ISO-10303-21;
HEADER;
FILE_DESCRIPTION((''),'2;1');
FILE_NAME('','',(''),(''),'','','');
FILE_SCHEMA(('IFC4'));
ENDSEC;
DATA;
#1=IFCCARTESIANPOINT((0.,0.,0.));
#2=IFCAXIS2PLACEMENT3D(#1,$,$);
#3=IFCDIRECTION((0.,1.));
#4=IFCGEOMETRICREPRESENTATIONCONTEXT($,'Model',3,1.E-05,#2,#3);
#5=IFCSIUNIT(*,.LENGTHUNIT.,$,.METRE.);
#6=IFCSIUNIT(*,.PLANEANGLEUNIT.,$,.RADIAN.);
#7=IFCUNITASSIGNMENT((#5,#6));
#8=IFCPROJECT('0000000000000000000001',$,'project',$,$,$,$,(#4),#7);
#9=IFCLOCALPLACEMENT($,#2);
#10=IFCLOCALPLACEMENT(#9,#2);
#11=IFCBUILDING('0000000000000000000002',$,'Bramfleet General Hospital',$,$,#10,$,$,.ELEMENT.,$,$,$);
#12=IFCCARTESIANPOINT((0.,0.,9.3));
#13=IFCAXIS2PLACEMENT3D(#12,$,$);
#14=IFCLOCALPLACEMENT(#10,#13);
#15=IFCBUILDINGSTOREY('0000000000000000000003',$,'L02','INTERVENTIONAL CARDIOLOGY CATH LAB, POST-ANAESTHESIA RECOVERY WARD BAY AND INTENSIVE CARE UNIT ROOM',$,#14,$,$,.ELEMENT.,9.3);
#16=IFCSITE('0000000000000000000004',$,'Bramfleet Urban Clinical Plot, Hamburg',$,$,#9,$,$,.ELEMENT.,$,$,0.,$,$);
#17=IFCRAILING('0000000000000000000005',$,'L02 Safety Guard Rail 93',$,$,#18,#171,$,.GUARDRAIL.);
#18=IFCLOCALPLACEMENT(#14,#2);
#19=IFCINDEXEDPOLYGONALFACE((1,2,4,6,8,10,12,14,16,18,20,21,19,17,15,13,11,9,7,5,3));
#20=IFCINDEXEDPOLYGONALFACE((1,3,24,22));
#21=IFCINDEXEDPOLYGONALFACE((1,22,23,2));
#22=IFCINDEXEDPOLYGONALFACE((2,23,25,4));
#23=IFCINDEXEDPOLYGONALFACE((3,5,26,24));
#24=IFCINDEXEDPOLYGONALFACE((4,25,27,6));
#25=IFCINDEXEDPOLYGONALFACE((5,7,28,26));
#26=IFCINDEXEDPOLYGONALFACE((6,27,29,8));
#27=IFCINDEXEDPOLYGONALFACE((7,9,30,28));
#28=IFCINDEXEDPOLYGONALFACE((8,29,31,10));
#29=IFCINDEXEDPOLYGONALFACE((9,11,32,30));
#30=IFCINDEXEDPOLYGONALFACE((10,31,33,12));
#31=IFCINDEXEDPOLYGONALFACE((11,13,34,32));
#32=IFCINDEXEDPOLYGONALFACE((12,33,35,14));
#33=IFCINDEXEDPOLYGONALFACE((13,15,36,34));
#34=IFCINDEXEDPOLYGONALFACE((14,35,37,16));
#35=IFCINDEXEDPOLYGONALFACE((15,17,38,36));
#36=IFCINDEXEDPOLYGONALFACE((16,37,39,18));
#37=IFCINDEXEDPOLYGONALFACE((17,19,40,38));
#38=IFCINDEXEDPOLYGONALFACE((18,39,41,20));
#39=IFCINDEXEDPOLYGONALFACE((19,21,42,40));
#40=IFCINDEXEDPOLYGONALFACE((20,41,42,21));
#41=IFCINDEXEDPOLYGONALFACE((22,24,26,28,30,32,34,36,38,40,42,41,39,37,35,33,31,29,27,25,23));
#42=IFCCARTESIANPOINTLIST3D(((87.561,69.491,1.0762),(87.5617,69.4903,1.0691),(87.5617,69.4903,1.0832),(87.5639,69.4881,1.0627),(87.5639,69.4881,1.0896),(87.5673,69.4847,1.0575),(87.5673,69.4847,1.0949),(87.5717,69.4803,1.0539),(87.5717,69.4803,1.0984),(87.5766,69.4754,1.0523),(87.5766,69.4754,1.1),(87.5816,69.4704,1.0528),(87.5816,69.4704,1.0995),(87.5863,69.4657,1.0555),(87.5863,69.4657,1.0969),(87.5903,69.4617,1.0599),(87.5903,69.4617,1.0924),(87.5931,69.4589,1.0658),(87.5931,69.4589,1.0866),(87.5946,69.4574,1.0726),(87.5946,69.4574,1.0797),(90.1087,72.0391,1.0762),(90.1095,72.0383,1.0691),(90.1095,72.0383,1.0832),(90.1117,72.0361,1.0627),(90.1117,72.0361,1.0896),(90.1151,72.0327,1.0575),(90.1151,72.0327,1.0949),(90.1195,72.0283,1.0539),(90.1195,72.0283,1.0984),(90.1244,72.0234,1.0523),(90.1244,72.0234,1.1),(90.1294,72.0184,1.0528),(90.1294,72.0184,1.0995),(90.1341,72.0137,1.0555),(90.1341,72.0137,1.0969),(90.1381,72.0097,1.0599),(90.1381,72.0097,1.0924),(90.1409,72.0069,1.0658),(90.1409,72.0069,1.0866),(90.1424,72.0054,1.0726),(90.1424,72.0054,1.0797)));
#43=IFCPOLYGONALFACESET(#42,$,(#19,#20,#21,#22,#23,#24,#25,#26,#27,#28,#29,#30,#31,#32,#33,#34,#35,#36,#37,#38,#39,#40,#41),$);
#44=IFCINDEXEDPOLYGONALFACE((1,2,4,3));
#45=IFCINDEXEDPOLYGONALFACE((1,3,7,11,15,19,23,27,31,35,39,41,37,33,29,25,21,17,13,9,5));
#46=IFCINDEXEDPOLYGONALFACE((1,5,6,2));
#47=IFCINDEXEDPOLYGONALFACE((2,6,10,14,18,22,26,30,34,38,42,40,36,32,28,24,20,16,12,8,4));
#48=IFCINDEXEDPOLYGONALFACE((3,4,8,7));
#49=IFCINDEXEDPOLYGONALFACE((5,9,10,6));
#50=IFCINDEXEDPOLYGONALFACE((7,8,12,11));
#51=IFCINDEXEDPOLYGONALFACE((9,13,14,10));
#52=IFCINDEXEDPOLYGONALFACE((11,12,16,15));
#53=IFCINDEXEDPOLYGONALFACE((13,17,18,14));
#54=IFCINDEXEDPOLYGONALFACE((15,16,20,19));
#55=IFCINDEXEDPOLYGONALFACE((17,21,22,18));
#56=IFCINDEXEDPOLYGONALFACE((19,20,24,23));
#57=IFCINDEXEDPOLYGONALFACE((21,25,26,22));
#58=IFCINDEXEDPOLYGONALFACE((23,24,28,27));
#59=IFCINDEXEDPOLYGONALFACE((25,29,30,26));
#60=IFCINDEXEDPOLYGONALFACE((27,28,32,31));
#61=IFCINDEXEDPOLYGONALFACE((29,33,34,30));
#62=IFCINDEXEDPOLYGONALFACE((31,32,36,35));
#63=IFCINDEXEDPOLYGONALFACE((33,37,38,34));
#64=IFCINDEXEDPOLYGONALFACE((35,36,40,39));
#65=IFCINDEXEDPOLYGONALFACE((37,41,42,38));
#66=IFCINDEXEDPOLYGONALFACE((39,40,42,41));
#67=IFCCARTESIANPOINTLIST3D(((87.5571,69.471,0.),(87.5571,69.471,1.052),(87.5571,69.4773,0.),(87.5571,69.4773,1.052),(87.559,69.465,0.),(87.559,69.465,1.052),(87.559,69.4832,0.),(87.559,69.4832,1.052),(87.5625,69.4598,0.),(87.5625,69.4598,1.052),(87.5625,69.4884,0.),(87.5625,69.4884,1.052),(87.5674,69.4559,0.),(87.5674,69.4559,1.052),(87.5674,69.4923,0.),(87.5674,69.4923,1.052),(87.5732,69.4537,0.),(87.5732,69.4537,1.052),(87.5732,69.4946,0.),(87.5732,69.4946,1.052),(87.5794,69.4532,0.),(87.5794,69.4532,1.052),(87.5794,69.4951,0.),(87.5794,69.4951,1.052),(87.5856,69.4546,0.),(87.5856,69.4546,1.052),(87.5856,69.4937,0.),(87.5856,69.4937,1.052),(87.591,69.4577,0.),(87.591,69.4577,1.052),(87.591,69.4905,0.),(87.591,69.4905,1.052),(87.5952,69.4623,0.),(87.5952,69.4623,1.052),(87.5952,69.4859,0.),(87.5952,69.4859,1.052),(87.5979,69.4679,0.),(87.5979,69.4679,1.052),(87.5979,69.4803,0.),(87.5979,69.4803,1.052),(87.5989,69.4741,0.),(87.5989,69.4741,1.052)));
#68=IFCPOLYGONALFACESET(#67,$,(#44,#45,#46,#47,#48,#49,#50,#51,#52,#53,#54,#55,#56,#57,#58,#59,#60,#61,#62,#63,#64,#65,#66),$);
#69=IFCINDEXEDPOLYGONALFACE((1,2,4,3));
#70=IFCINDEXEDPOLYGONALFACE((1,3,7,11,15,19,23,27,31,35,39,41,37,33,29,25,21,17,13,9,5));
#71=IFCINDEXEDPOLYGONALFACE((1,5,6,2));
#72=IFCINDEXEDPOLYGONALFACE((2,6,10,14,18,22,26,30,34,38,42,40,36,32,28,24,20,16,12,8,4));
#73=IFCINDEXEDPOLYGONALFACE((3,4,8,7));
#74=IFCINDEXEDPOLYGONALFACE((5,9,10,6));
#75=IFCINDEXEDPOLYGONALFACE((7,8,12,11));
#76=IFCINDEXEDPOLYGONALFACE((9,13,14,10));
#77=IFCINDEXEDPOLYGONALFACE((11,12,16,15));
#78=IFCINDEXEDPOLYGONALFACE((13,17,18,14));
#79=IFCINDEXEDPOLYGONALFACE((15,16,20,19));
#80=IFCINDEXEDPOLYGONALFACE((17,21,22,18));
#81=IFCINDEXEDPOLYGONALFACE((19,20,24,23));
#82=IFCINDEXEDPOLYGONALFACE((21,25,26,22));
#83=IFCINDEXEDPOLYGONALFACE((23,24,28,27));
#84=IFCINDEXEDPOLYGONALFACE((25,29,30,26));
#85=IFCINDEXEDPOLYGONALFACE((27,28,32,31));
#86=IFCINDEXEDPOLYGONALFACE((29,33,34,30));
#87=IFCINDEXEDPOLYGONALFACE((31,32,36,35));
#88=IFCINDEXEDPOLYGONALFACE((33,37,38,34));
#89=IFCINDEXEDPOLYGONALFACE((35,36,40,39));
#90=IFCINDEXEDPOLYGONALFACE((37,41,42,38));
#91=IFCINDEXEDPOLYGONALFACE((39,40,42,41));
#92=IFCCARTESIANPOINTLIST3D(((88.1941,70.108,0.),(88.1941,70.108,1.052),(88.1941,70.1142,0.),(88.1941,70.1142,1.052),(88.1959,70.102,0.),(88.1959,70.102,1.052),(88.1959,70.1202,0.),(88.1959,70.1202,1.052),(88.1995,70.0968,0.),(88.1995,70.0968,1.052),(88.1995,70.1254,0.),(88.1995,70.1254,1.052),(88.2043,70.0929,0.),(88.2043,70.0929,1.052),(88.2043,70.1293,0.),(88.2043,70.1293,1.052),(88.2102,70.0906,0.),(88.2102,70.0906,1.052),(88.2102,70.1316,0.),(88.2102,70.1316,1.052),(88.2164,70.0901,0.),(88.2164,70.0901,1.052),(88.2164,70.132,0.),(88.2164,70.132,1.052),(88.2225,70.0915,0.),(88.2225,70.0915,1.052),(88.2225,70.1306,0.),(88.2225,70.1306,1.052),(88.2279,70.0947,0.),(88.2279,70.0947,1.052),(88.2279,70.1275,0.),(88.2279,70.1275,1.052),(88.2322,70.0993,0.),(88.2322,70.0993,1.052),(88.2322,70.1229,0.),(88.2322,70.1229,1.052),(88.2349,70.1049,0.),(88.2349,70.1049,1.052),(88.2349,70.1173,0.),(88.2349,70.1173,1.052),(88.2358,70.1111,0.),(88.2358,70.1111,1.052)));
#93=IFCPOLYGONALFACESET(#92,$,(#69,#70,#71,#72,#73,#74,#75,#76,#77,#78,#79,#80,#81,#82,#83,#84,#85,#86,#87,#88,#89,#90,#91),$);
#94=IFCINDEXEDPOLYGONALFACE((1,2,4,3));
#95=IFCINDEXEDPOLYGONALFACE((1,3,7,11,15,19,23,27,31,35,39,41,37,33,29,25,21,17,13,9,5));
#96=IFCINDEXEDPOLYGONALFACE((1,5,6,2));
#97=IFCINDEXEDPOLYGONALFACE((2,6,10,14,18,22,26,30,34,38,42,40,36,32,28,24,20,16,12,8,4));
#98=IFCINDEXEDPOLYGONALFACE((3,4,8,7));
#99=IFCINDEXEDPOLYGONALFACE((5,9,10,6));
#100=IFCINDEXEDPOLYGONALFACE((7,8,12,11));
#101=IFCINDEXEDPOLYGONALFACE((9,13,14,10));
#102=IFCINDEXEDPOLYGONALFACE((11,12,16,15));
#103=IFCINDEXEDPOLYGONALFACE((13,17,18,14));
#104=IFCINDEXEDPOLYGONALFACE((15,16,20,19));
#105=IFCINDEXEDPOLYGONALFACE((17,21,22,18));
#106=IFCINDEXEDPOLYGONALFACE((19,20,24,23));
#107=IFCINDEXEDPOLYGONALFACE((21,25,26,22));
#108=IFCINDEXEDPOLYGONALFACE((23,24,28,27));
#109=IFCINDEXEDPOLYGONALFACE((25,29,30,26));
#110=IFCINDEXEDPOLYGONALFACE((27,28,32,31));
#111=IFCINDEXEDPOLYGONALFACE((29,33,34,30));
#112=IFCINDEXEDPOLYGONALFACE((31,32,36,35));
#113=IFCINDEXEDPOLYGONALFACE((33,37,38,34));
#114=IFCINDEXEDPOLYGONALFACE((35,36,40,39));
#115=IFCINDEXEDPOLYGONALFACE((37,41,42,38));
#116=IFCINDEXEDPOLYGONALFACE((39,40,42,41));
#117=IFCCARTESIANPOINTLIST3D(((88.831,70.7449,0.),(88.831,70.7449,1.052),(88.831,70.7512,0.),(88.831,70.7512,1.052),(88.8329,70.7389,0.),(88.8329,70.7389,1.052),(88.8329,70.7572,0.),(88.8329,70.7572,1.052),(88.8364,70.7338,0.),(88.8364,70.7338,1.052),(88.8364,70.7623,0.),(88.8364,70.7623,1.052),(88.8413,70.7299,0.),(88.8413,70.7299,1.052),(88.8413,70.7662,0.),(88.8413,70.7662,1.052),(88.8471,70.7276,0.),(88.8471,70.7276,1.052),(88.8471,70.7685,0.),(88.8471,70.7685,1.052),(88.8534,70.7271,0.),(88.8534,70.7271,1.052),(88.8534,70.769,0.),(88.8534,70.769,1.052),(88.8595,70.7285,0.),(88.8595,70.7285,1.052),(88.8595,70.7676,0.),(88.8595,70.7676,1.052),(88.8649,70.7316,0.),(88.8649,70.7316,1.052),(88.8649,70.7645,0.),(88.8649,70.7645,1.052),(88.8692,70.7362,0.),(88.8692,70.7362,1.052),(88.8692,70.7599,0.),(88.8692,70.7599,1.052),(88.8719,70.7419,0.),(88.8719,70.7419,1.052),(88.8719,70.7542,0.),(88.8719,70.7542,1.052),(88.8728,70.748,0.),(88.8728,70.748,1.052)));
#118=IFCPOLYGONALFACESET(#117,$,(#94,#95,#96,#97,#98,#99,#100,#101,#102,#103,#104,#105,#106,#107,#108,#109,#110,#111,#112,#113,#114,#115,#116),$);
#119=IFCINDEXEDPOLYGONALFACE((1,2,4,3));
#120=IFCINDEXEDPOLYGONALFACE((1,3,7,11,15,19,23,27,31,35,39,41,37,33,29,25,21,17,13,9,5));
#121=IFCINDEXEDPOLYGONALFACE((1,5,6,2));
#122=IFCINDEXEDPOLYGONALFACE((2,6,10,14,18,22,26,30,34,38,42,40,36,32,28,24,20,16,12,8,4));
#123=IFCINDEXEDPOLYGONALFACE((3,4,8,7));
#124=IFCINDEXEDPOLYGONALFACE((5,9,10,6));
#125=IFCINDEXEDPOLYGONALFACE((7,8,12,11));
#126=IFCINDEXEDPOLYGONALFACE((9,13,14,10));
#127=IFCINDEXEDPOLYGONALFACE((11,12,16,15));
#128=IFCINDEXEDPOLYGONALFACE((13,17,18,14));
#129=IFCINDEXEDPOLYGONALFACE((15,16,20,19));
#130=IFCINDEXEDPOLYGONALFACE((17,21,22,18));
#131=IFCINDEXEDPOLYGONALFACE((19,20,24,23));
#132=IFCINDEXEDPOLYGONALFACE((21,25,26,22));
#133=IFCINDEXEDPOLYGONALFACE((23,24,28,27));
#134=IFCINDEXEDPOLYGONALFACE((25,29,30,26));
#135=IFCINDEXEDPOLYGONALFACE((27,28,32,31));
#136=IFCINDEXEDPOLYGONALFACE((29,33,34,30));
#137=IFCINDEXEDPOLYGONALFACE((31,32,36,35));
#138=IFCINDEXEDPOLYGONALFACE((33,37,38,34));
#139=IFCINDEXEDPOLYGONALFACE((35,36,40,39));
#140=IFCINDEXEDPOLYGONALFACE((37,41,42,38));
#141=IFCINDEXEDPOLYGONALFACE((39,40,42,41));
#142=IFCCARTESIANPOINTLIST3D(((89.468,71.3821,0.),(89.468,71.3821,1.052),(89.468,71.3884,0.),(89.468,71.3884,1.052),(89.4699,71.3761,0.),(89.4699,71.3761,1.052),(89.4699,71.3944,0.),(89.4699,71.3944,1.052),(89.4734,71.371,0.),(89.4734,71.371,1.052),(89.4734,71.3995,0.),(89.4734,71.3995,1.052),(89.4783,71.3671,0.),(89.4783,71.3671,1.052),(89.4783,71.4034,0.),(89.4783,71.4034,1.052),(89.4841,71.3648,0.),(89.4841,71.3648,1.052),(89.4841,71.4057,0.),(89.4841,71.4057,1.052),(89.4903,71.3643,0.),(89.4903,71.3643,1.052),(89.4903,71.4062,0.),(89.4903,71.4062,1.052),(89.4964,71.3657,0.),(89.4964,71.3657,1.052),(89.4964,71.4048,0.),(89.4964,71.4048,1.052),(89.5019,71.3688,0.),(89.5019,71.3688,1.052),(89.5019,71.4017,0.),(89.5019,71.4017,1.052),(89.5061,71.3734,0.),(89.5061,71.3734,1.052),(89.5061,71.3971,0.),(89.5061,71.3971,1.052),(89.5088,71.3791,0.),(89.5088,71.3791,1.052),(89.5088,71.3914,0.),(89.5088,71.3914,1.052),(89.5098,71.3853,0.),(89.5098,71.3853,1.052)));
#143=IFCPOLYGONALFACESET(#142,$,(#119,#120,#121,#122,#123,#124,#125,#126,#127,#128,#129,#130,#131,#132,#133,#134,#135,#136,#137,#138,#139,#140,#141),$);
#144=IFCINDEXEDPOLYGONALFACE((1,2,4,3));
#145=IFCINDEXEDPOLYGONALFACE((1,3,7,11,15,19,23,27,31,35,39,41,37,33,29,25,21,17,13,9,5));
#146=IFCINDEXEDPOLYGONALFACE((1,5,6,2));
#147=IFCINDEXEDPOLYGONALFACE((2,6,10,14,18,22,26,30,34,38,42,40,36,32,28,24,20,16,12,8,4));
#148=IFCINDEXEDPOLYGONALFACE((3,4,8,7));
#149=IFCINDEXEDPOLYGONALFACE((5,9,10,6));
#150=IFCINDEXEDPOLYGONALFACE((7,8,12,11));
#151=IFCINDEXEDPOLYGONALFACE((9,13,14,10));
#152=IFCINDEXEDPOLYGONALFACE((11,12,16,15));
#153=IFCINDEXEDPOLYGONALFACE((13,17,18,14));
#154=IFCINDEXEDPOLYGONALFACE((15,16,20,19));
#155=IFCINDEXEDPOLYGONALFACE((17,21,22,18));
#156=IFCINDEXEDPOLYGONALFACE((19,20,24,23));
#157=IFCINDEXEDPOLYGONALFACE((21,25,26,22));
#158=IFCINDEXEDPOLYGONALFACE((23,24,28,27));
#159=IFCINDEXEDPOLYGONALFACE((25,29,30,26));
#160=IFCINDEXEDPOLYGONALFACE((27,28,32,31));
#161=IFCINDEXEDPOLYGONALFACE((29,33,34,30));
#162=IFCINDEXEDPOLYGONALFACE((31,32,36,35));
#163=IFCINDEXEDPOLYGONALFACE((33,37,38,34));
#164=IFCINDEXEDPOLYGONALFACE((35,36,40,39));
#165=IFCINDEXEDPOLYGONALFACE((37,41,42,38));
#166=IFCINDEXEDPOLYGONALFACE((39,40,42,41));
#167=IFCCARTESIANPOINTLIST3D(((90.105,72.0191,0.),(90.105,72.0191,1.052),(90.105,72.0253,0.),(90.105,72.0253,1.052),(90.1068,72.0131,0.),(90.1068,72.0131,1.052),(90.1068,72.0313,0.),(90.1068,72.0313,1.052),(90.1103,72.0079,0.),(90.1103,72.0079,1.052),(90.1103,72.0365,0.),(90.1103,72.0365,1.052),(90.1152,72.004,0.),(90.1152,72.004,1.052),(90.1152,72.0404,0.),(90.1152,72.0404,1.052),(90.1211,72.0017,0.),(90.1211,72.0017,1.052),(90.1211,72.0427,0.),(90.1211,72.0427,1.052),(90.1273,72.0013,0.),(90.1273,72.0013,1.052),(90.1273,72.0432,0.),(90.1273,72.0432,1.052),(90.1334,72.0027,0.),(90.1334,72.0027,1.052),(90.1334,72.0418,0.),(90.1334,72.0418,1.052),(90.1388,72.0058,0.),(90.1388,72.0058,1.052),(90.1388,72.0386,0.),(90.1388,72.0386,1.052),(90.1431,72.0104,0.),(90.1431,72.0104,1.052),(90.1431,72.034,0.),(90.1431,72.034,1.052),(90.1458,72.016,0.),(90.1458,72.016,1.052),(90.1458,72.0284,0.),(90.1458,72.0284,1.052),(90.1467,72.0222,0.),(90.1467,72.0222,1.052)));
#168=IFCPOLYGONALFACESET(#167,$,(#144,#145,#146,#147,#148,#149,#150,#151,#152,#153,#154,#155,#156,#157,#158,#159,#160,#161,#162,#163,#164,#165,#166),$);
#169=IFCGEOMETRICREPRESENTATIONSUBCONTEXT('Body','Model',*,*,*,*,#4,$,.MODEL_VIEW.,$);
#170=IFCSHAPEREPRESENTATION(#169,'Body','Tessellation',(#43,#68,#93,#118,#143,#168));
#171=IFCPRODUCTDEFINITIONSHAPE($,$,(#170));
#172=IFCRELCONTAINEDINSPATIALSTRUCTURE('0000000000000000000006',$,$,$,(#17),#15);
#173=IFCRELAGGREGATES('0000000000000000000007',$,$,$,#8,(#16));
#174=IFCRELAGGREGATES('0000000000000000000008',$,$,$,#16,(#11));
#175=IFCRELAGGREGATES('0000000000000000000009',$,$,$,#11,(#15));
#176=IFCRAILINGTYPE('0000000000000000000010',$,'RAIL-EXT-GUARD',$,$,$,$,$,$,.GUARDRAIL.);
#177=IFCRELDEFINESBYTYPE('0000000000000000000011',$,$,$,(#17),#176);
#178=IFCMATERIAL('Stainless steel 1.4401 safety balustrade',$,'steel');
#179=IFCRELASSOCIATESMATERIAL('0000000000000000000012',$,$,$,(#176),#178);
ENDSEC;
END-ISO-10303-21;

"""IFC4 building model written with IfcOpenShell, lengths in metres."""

from ifc_helpers import new_model, si_unit, direction, frame, origin, origin_2d, place, context, subcontext, project, spatial, circle, extrude, material, type_object, element, save


model = new_model("IFC4")

# Units and contexts
model_context = context("Model", 3, precision=1e-05, world=origin(), true_north=direction((0.0, 1.0)))
body_context = subcontext(model_context, "Body", "Model", "MODEL_VIEW")
ifc_project = project(units=[si_unit("LENGTHUNIT", "METRE"), si_unit("PLANEANGLEUNIT", "RADIAN")], contexts=[model_context])

# Site, building, storey
site_placement = place(None, origin())
site = spatial("IfcSite", under=ifc_project, at=site_placement, Name="Bramfleet Urban Clinical Plot, Hamburg", CompositionType="ELEMENT", RefElevation=0.0)
building_placement = place(site_placement, origin())
building = spatial("IfcBuilding", under=site, at=building_placement, Name="Bramfleet General Hospital", CompositionType="ELEMENT")
storey_placement = place(building_placement, frame((0.0, 0.0, 9.3)))
storey = spatial("IfcBuildingStorey", under=building, at=storey_placement, Name="L02", Description="INTERVENTIONAL CARDIOLOGY CATH LAB, POST-ANAESTHESIA RECOVERY WARD BAY AND INTENSIVE CARE UNIT ROOM", CompositionType="ELEMENT", Elevation=9.3)

# Railing
ifc_material_1 = material(Name="Stainless steel 1.4401 safety balustrade", Category="steel")
railing_type = type_object("IfcRailingType", Name="RAIL-EXT-GUARD", PredefinedType="GUARDRAIL", material=ifc_material_1)
railing_1_placement = place(storey_placement, frame((87.5779, 69.4741, 0.0)))
element("IfcRailing", 1, at=railing_1_placement, inside=storey, type_object=railing_type, Name="L02 Safety Guard Rail 93", PredefinedType="GUARDRAIL", context=body_context, shape_type="SweptSolid", body=[
    extrude(circle(Radius=0.0239, at=origin_2d()), frame((0.0, 0.0, 1.0762), z_axis=(0.707073, 0.707141, 0.0), x_axis=(-0.707141, 0.707073, 0.0)), (0.0, 0.0, 1.0), 3.6033),
    extrude(circle(Radius=0.021, at=origin_2d()), origin(), (0.0, 0.0, 1.0), 1.052),
    extrude(circle(Radius=0.021, at=origin_2d()), frame((0.637, 0.637, 0.0)), (0.0, 0.0, 1.0), 1.052),
    extrude(circle(Radius=0.021, at=origin_2d()), frame((1.2739, 1.2739, 0.0)), (0.0, 0.0, 1.0), 1.052),
    extrude(circle(Radius=0.021, at=origin_2d()), frame((1.9109, 1.9111, 0.0)), (0.0, 0.0, 1.0), 1.052),
    extrude(circle(Radius=0.021, at=origin_2d()), frame((2.5479, 2.5481, 0.0)), (0.0, 0.0, 1.0), 1.052),
])

save(model, "model.ifc")
